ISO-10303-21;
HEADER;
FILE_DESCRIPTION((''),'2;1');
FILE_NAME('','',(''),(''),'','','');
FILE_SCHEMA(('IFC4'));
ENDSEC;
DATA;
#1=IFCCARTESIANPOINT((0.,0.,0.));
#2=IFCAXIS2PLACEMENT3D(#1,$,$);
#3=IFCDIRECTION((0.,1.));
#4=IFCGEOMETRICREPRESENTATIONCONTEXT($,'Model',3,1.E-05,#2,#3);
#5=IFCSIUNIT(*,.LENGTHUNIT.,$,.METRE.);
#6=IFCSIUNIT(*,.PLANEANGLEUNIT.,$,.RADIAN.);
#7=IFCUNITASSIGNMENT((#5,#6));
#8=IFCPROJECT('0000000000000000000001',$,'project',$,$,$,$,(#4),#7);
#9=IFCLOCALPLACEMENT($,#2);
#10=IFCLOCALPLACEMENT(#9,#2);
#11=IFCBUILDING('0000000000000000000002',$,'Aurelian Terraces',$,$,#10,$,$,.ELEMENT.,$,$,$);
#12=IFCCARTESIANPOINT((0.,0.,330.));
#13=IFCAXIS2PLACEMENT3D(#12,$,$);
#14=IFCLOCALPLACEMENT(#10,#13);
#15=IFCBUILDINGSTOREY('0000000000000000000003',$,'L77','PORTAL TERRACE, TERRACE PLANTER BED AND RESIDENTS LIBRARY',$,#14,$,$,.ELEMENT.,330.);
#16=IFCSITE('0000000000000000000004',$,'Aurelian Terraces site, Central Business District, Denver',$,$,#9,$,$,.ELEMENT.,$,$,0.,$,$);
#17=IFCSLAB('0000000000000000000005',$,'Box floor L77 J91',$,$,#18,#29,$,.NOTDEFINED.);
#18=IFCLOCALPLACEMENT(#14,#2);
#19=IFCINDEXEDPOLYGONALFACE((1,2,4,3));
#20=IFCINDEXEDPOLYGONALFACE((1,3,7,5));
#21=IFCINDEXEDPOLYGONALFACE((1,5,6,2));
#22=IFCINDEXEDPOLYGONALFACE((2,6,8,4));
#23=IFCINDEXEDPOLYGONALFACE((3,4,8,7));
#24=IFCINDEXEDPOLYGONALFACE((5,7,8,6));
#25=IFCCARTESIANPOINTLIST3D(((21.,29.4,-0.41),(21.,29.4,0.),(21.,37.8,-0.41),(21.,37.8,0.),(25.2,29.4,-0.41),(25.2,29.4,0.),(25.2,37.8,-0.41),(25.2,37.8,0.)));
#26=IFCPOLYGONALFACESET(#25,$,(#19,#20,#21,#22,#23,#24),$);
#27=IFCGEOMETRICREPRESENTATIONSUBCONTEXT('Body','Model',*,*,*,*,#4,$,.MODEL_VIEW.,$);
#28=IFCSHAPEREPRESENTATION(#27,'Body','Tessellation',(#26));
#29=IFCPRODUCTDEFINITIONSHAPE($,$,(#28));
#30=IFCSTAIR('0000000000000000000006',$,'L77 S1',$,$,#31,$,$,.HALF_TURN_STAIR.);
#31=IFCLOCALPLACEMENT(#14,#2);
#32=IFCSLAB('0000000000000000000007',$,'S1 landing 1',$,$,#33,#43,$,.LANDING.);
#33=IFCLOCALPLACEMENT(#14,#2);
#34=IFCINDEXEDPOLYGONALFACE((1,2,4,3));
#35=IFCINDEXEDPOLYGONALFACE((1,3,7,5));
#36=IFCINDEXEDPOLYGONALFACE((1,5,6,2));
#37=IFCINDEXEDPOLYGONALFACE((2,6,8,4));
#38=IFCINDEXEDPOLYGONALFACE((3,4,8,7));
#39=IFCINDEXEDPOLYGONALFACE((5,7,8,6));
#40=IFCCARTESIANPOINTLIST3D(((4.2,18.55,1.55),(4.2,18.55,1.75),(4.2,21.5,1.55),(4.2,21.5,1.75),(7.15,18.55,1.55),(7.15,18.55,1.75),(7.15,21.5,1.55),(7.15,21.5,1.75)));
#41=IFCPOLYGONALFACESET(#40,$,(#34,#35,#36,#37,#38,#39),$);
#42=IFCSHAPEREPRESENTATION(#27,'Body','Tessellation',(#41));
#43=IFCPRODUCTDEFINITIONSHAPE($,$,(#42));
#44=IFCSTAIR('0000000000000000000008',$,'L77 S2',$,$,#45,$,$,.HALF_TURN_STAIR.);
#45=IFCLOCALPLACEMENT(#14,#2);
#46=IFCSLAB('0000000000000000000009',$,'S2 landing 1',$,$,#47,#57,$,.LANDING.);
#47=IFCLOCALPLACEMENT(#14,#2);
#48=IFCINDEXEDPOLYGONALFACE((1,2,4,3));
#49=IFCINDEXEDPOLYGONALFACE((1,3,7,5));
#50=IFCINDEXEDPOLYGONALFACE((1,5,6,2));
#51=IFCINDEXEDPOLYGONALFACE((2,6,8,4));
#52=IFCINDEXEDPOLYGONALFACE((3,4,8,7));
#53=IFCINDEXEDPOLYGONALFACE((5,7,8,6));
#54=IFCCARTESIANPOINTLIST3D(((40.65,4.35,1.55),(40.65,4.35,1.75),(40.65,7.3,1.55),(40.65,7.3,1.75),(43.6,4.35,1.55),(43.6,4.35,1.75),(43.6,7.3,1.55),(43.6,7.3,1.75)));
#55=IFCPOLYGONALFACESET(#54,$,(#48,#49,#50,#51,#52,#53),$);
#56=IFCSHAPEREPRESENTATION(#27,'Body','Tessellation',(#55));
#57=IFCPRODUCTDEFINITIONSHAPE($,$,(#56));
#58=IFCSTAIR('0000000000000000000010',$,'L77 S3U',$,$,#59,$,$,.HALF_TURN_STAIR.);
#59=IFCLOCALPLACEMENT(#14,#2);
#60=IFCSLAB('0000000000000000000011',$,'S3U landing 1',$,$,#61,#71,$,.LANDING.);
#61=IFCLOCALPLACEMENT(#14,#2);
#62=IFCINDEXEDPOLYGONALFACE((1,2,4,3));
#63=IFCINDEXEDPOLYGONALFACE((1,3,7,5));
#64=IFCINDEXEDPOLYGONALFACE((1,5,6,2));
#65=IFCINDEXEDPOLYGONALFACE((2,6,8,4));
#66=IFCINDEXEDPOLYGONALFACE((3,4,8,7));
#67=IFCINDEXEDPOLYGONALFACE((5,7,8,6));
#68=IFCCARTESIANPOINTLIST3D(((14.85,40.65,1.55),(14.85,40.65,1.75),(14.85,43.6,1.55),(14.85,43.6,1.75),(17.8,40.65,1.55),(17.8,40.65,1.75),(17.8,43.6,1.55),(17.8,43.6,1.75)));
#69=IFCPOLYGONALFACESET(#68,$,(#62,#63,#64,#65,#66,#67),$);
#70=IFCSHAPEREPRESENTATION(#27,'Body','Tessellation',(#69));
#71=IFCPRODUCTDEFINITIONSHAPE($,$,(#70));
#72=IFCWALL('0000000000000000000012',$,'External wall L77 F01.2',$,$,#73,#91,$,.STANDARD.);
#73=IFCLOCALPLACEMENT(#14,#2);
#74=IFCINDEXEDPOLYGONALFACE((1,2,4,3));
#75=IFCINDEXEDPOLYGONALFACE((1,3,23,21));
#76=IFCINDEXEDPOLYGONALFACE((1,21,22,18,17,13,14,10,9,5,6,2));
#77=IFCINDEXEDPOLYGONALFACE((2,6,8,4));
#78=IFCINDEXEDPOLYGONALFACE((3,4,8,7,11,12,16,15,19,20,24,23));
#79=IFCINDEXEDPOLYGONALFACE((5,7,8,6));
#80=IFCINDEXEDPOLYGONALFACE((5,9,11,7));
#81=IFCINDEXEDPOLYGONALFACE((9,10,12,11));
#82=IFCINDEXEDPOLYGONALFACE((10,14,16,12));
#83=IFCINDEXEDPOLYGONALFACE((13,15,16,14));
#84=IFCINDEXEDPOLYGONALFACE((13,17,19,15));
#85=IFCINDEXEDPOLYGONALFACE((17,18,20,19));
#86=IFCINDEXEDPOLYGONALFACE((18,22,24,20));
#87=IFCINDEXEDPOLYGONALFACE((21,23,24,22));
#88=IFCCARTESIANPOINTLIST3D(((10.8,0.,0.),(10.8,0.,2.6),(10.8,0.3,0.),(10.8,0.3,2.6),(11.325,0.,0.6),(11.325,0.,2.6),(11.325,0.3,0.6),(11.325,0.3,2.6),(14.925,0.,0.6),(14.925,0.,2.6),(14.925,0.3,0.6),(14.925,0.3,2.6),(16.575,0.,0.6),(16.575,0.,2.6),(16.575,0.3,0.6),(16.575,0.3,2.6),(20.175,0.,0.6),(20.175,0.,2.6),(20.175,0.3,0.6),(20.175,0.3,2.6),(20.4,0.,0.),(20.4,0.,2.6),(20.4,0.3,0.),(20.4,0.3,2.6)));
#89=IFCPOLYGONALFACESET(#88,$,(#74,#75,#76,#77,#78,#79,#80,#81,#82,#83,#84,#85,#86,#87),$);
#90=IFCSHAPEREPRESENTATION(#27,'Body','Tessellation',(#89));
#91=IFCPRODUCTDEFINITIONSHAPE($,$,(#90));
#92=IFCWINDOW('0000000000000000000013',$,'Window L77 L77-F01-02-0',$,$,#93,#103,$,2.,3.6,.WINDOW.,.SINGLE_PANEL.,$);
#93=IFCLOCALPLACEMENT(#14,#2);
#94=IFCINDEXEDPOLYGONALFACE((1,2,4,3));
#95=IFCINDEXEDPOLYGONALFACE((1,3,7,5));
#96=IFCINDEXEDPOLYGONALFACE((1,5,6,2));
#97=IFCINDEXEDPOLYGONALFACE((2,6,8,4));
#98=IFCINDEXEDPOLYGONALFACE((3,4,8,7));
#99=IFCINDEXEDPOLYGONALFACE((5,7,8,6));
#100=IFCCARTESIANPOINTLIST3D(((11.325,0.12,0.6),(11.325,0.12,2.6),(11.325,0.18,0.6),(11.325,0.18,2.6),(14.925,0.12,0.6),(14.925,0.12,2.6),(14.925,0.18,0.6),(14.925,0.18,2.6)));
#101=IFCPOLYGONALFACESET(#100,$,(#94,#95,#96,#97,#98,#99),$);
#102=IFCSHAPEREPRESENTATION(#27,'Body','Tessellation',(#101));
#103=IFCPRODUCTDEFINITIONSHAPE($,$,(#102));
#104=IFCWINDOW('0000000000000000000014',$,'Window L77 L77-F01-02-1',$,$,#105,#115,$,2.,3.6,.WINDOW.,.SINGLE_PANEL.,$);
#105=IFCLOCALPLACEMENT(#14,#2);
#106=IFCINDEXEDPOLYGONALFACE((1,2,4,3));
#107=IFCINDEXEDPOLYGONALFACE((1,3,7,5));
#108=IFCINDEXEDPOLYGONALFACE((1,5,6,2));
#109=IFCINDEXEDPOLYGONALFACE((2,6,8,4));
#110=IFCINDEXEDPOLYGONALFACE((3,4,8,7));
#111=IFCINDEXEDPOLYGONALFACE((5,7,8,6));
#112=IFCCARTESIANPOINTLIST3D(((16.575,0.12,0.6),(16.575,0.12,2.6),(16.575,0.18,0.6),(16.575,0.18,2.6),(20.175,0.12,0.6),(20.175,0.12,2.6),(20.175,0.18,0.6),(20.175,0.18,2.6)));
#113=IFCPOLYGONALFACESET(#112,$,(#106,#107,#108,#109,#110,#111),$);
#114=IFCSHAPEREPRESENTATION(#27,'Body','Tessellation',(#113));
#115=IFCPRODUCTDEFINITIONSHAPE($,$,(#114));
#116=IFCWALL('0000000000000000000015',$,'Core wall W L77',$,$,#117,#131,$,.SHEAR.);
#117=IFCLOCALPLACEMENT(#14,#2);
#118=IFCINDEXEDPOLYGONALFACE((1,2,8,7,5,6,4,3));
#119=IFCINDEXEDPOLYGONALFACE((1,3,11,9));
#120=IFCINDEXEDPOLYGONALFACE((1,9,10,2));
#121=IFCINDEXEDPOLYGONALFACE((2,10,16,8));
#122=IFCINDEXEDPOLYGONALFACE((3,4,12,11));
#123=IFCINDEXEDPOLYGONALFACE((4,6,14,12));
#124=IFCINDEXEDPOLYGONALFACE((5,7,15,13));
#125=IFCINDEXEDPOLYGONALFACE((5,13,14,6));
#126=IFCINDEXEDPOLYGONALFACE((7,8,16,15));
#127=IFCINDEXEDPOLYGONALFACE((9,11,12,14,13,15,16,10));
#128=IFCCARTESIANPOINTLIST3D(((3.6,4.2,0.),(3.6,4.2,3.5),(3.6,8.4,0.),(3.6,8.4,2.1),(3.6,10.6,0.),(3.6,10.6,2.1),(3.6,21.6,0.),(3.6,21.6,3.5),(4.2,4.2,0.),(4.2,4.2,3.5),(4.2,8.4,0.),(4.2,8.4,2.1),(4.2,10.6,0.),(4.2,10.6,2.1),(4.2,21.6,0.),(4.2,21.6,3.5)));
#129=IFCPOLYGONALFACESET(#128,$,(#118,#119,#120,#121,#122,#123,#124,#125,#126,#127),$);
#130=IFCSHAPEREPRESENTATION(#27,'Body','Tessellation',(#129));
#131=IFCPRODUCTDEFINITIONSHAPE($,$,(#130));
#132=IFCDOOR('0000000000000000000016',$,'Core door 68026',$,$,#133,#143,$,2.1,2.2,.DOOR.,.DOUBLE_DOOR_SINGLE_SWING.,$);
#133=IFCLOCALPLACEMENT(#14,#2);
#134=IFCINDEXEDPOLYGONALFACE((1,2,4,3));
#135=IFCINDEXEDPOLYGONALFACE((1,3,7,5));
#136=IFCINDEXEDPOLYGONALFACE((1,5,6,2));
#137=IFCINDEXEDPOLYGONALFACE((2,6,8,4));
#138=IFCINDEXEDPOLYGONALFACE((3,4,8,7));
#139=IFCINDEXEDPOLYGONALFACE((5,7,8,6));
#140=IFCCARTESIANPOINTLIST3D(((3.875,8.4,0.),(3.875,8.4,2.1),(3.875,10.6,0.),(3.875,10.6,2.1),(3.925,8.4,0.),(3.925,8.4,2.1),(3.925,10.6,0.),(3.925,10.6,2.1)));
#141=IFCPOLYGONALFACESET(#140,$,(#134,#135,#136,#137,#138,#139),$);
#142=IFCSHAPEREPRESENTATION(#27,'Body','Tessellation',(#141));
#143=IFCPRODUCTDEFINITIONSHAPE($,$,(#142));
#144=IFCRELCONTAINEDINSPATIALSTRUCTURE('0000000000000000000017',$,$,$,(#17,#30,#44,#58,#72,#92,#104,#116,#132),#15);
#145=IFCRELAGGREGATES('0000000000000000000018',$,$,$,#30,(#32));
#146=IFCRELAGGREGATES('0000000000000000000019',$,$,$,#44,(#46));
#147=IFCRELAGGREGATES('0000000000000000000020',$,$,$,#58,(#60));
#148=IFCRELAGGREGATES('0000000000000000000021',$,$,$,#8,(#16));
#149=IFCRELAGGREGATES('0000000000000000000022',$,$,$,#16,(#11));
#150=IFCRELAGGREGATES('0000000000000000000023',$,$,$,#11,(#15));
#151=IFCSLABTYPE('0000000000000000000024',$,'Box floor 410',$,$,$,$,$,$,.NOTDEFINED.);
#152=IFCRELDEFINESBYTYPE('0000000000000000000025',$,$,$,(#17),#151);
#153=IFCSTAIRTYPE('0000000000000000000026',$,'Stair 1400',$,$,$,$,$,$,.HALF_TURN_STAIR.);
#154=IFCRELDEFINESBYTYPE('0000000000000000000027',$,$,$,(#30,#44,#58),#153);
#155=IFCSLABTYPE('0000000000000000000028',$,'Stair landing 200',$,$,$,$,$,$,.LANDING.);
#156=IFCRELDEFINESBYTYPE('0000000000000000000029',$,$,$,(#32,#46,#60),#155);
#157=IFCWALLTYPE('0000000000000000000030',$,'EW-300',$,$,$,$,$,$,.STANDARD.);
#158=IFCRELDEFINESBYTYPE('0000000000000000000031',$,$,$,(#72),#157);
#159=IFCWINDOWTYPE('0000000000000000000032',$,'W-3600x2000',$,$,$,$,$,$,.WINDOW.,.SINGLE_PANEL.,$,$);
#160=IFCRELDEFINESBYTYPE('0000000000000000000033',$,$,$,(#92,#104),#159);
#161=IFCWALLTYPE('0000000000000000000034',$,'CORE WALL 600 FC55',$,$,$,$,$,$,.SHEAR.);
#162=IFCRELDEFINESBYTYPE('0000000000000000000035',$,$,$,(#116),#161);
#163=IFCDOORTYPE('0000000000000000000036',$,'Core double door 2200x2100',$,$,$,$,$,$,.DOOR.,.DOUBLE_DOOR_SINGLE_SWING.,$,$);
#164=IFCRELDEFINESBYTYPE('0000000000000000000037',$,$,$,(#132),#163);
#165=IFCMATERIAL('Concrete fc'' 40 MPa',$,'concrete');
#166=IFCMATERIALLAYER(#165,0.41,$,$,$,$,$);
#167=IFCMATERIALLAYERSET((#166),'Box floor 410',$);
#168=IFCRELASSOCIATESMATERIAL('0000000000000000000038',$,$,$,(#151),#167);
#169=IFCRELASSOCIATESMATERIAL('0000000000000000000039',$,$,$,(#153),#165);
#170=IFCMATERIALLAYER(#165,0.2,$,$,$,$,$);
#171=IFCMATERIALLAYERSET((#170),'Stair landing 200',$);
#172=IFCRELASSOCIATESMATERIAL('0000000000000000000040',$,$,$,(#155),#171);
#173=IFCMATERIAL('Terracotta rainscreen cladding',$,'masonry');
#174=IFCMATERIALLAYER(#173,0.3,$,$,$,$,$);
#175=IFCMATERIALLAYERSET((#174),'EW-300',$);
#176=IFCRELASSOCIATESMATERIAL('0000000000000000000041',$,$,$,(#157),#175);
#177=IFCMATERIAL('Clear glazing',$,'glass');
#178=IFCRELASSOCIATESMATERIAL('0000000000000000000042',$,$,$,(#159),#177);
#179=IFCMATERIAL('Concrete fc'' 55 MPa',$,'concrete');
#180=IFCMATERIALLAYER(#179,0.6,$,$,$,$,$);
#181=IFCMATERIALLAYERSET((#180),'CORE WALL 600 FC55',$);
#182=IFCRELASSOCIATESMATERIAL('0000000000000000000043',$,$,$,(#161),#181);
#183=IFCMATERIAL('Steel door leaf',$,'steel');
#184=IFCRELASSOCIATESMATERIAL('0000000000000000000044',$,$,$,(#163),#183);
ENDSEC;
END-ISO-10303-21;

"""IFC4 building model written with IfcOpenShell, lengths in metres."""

from ifc_helpers import new_model, si_unit, direction, frame, frame_2d, origin, place, context, subcontext, project, spatial, polyline, rectangle, outline, extrude, source, transform, mapped, material, layer, layer_set, type_object, element, fill, aggregate, save


model = new_model("IFC4")

# Units and contexts
model_context = context("Model", 3, precision=1e-05, world=origin(), true_north=direction((0.0, 1.0)))
body_context = subcontext(model_context, "Body", "Model", "MODEL_VIEW")
ifc_project = project(units=[si_unit("LENGTHUNIT", "METRE"), si_unit("PLANEANGLEUNIT", "RADIAN")], contexts=[model_context])

# Site, building, storey
site_placement = place(None, origin())
site = spatial("IfcSite", under=ifc_project, at=site_placement, Name="Aurelian Terraces site, Central Business District, Denver", CompositionType="ELEMENT", RefElevation=0.0)
building_placement = place(site_placement, origin())
building = spatial("IfcBuilding", under=site, at=building_placement, Name="Aurelian Terraces", CompositionType="ELEMENT")
storey_placement = place(building_placement, frame((0.0, 0.0, 330.0)))
storey = spatial("IfcBuildingStorey", under=building, at=storey_placement, Name="L77", Description="PORTAL TERRACE, TERRACE PLANTER BED AND RESIDENTS LIBRARY", CompositionType="ELEMENT", Elevation=330.0)

# Shared definitions
ifc_material_1 = material(Name="Concrete fc' 55 MPa", Category="concrete")

# Shared definitions
ifc_material_2 = material(Name="Concrete fc' 40 MPa", Category="concrete")

# Slab
ifc_layer_1 = layer(ifc_material_2, 0.41)
ifc_layer_set_1 = layer_set([ifc_layer_1], Name="Box floor 410")
slab_type_1 = type_object("IfcSlabType", Name="Box floor 410", PredefinedType="NOTDEFINED", material=ifc_layer_set_1)
shared_shape_1 = source(origin(), body_context, "Body", "SweptSolid", [
    extrude(outline(polyline([(25.2, 29.4), (25.2, 37.8), (21.0, 37.8), (21.0, 29.4), (25.2, 29.4)])), origin(), (0.0, 0.0, 1.0), 0.41),
])
slab_1_placement = place(storey_placement, frame((0.0, 0.0, -0.41)))
element("IfcSlab", 1, at=slab_1_placement, inside=storey, type_object=slab_type_1, Name="Box floor L77 J91", PredefinedType="NOTDEFINED", context=body_context, shape_type="MappedRepresentation", body=[
    mapped(shared_shape_1, transform((0.0, 0.0, 0.0), scale=1.0)),
])

# Stairs, slabs
stair_type = type_object("IfcStairType", Name="Stair 1400", PredefinedType="HALF_TURN_STAIR", material=ifc_material_2)
stair_1_placement = place(storey_placement, origin())
stair_1 = element("IfcStair", 2, at=stair_1_placement, inside=storey, type_object=stair_type, Name="L77 S1", PredefinedType="HALF_TURN_STAIR")
ifc_layer_2 = layer(ifc_material_2, 0.2)
ifc_layer_set_2 = layer_set([ifc_layer_2], Name="Stair landing 200")
slab_type_2 = type_object("IfcSlabType", Name="Stair landing 200", PredefinedType="LANDING", material=ifc_layer_set_2)
shared_shape_2 = source(origin(), body_context, "Body", "SweptSolid", [
    extrude(outline(polyline([(7.15, 18.55), (7.15, 21.5), (4.2, 21.5), (4.2, 18.55), (7.15, 18.55)])), origin(), (0.0, 0.0, 1.0), 0.2),
])
slab_2_placement = place(storey_placement, frame((0.0, 0.0, 1.55)))
slab_2 = element("IfcSlab", 3, at=slab_2_placement, type_object=slab_type_2, Name="S1 landing 1", PredefinedType="LANDING", context=body_context, shape_type="MappedRepresentation", body=[
    mapped(shared_shape_2, transform((0.0, 0.0, 0.0), scale=1.0)),
])
aggregate(stair_1, [slab_2])
stair_2_placement = place(storey_placement, origin())
stair_2 = element("IfcStair", 4, at=stair_2_placement, inside=storey, type_object=stair_type, Name="L77 S2", PredefinedType="HALF_TURN_STAIR")
shared_shape_3 = source(origin(), body_context, "Body", "SweptSolid", [
    extrude(outline(polyline([(43.6, 4.35), (43.6, 7.3), (40.65, 7.3), (40.65, 4.35), (43.6, 4.35)])), origin(), (0.0, 0.0, 1.0), 0.2),
])
slab_3_placement = place(storey_placement, frame((0.0, 0.0, 1.55)))
slab_3 = element("IfcSlab", 5, at=slab_3_placement, type_object=slab_type_2, Name="S2 landing 1", PredefinedType="LANDING", context=body_context, shape_type="MappedRepresentation", body=[
    mapped(shared_shape_3, transform((0.0, 0.0, 0.0), scale=1.0)),
])
aggregate(stair_2, [slab_3])
stair_3_placement = place(storey_placement, origin())
stair_3 = element("IfcStair", 6, at=stair_3_placement, inside=storey, type_object=stair_type, Name="L77 S3U", PredefinedType="HALF_TURN_STAIR")
shared_shape_4 = source(origin(), body_context, "Body", "SweptSolid", [
    extrude(outline(polyline([(14.85, 40.65), (17.8, 40.65), (17.8, 43.6), (14.85, 43.6), (14.85, 40.65)])), origin(), (0.0, 0.0, 1.0), 0.2),
])
slab_4_placement = place(storey_placement, frame((0.0, 0.0, 1.55)))
slab_4 = element("IfcSlab", 7, at=slab_4_placement, type_object=slab_type_2, Name="S3U landing 1", PredefinedType="LANDING", context=body_context, shape_type="MappedRepresentation", body=[
    mapped(shared_shape_4, transform((0.0, 0.0, 0.0), scale=1.0)),
])
aggregate(stair_3, [slab_4])

# Wall, openings, windows
ifc_material_3 = material(Name="Terracotta rainscreen cladding", Category="masonry")
ifc_layer_3 = layer(ifc_material_3, 0.3)
ifc_layer_set_3 = layer_set([ifc_layer_3], Name="EW-300")
wall_type_1 = type_object("IfcWallType", Name="EW-300", PredefinedType="STANDARD", material=ifc_layer_set_3)
wall_1_placement = place(storey_placement, frame((10.8, 0.15, 0.0), z_axis=(0.0, 0.0, 1.0), x_axis=(1.0, 0.0, 0.0)))
wall_1 = element("IfcWall", 8, at=wall_1_placement, inside=storey, type_object=wall_type_1, Name="External wall L77 F01.2", PredefinedType="STANDARD", context=body_context, shape_type="SweptSolid", body=[
    extrude(rectangle(XDim=9.6, YDim=0.3, at=frame_2d((4.8, 0.0))), origin(), (0.0, 0.0, 1.0), 2.6),
])
shared_shape_5 = source(origin(), body_context, "Body", "SweptSolid", [
    extrude(rectangle(XDim=3.6, YDim=2.0, at=frame_2d((1.8, 1.0))), frame((0.0, 0.16, 0.0), z_axis=(0.0, -1.0, 0.0), x_axis=(1.0, 0.0, 0.0)), (0.0, 0.0, 1.0), 0.32),
])
opening_1_placement = place(wall_1_placement, frame((0.525, 0.0, 0.6)))
opening_1 = element("IfcOpeningElement", 9, at=opening_1_placement, cuts=wall_1, PredefinedType="OPENING", context=body_context, shape_type="MappedRepresentation", body=[
    mapped(shared_shape_5, transform((0.0, 0.0, 0.0), scale=1.0)),
])
opening_2_placement = place(wall_1_placement, frame((5.775, 0.0, 0.6)))
opening_2 = element("IfcOpeningElement", 10, at=opening_2_placement, cuts=wall_1, PredefinedType="OPENING", context=body_context, shape_type="MappedRepresentation", body=[
    mapped(shared_shape_5, transform((0.0, 0.0, 0.0), scale=1.0)),
])
ifc_material_4 = material(Name="Clear glazing", Category="glass")
window_type_1 = type_object("IfcWindowType", Name="W-3600x2000", PartitioningType="SINGLE_PANEL", PredefinedType="WINDOW", material=ifc_material_4)
shared_shape_6 = source(origin(), body_context, "Body", "SweptSolid", [
    extrude(rectangle(XDim=3.6, YDim=2.0, at=frame_2d((1.8, 1.0))), frame((0.0, 0.03, 0.0), z_axis=(0.0, -1.0, 0.0), x_axis=(1.0, 0.0, 0.0)), (0.0, 0.0, 1.0), 0.06),
])
window_1_placement = place(opening_1_placement, origin())
window_1 = element("IfcWindow", 11, at=window_1_placement, inside=storey, type_object=window_type_1, Name="Window L77 L77-F01-02-0", OverallHeight=2.0, OverallWidth=3.6, PartitioningType="SINGLE_PANEL", PredefinedType="WINDOW", context=body_context, shape_type="MappedRepresentation", body=[
    mapped(shared_shape_6, transform((0.0, 0.0, 0.0), scale=1.0)),
])
fill(opening_1, window_1)
window_2_placement = place(opening_2_placement, origin())
window_2 = element("IfcWindow", 12, at=window_2_placement, inside=storey, type_object=window_type_1, Name="Window L77 L77-F01-02-1", OverallHeight=2.0, OverallWidth=3.6, PartitioningType="SINGLE_PANEL", PredefinedType="WINDOW", context=body_context, shape_type="MappedRepresentation", body=[
    mapped(shared_shape_6, transform((0.0, 0.0, 0.0), scale=1.0)),
])
fill(opening_2, window_2)

# Wall, opening, door
ifc_layer_4 = layer(ifc_material_1, 0.6)
ifc_layer_set_4 = layer_set([ifc_layer_4], Name="CORE WALL 600 FC55")
wall_type_2 = type_object("IfcWallType", Name="CORE WALL 600 FC55", PredefinedType="SHEAR", material=ifc_layer_set_4)
shared_shape_7 = source(origin(), body_context, "Body", "SweptSolid", [
    extrude(rectangle(XDim=17.4, YDim=0.6, at=frame_2d((8.7, 0.0))), origin(), (0.0, 0.0, 1.0), 3.5),
])
wall_2_placement = place(storey_placement, frame((3.9, 4.2, 0.0), z_axis=(0.0, 0.0, 1.0), x_axis=(0.0, 1.0, 0.0)))
wall_2 = element("IfcWall", 13, at=wall_2_placement, inside=storey, type_object=wall_type_2, Name="Core wall W L77", PredefinedType="SHEAR", context=body_context, shape_type="MappedRepresentation", body=[
    mapped(shared_shape_7, transform((0.0, 0.0, 0.0), scale=1.0)),
])
shared_shape_8 = source(origin(), body_context, "Body", "SweptSolid", [
    extrude(rectangle(XDim=2.2, YDim=2.1, at=frame_2d((1.1, 1.05))), frame((0.0, 0.31, 0.0), z_axis=(0.0, -1.0, 0.0), x_axis=(1.0, 0.0, 0.0)), (0.0, 0.0, 1.0), 0.62),
])
opening_3_placement = place(wall_2_placement, frame((4.2, 0.0, 0.0)))
opening_3 = element("IfcOpeningElement", 14, at=opening_3_placement, cuts=wall_2, PredefinedType="OPENING", context=body_context, shape_type="MappedRepresentation", body=[
    mapped(shared_shape_8, transform((0.0, 0.0, 0.0), scale=1.0)),
])
ifc_material_5 = material(Name="Steel door leaf", Category="steel")
door_type_1 = type_object("IfcDoorType", Name="Core double door 2200x2100", OperationType="DOUBLE_DOOR_SINGLE_SWING", PredefinedType="DOOR", material=ifc_material_5)
shared_shape_9 = source(origin(), body_context, "Body", "SweptSolid", [
    extrude(rectangle(XDim=2.2, YDim=2.1, at=frame_2d((1.1, 1.05))), frame((0.0, 0.025, 0.0), z_axis=(0.0, -1.0, 0.0), x_axis=(1.0, 0.0, 0.0)), (0.0, 0.0, 1.0), 0.05),
])
door_1_placement = place(opening_3_placement, origin())
door_1 = element("IfcDoor", 15, at=door_1_placement, inside=storey, type_object=door_type_1, Name="Core door 68026", OperationType="DOUBLE_DOOR_SINGLE_SWING", OverallHeight=2.1, OverallWidth=2.2, PredefinedType="DOOR", context=body_context, shape_type="MappedRepresentation", body=[
    mapped(shared_shape_9, transform((0.0, 0.0, 0.0), scale=1.0)),
])
fill(opening_3, door_1)

save(model, "model.ifc")
